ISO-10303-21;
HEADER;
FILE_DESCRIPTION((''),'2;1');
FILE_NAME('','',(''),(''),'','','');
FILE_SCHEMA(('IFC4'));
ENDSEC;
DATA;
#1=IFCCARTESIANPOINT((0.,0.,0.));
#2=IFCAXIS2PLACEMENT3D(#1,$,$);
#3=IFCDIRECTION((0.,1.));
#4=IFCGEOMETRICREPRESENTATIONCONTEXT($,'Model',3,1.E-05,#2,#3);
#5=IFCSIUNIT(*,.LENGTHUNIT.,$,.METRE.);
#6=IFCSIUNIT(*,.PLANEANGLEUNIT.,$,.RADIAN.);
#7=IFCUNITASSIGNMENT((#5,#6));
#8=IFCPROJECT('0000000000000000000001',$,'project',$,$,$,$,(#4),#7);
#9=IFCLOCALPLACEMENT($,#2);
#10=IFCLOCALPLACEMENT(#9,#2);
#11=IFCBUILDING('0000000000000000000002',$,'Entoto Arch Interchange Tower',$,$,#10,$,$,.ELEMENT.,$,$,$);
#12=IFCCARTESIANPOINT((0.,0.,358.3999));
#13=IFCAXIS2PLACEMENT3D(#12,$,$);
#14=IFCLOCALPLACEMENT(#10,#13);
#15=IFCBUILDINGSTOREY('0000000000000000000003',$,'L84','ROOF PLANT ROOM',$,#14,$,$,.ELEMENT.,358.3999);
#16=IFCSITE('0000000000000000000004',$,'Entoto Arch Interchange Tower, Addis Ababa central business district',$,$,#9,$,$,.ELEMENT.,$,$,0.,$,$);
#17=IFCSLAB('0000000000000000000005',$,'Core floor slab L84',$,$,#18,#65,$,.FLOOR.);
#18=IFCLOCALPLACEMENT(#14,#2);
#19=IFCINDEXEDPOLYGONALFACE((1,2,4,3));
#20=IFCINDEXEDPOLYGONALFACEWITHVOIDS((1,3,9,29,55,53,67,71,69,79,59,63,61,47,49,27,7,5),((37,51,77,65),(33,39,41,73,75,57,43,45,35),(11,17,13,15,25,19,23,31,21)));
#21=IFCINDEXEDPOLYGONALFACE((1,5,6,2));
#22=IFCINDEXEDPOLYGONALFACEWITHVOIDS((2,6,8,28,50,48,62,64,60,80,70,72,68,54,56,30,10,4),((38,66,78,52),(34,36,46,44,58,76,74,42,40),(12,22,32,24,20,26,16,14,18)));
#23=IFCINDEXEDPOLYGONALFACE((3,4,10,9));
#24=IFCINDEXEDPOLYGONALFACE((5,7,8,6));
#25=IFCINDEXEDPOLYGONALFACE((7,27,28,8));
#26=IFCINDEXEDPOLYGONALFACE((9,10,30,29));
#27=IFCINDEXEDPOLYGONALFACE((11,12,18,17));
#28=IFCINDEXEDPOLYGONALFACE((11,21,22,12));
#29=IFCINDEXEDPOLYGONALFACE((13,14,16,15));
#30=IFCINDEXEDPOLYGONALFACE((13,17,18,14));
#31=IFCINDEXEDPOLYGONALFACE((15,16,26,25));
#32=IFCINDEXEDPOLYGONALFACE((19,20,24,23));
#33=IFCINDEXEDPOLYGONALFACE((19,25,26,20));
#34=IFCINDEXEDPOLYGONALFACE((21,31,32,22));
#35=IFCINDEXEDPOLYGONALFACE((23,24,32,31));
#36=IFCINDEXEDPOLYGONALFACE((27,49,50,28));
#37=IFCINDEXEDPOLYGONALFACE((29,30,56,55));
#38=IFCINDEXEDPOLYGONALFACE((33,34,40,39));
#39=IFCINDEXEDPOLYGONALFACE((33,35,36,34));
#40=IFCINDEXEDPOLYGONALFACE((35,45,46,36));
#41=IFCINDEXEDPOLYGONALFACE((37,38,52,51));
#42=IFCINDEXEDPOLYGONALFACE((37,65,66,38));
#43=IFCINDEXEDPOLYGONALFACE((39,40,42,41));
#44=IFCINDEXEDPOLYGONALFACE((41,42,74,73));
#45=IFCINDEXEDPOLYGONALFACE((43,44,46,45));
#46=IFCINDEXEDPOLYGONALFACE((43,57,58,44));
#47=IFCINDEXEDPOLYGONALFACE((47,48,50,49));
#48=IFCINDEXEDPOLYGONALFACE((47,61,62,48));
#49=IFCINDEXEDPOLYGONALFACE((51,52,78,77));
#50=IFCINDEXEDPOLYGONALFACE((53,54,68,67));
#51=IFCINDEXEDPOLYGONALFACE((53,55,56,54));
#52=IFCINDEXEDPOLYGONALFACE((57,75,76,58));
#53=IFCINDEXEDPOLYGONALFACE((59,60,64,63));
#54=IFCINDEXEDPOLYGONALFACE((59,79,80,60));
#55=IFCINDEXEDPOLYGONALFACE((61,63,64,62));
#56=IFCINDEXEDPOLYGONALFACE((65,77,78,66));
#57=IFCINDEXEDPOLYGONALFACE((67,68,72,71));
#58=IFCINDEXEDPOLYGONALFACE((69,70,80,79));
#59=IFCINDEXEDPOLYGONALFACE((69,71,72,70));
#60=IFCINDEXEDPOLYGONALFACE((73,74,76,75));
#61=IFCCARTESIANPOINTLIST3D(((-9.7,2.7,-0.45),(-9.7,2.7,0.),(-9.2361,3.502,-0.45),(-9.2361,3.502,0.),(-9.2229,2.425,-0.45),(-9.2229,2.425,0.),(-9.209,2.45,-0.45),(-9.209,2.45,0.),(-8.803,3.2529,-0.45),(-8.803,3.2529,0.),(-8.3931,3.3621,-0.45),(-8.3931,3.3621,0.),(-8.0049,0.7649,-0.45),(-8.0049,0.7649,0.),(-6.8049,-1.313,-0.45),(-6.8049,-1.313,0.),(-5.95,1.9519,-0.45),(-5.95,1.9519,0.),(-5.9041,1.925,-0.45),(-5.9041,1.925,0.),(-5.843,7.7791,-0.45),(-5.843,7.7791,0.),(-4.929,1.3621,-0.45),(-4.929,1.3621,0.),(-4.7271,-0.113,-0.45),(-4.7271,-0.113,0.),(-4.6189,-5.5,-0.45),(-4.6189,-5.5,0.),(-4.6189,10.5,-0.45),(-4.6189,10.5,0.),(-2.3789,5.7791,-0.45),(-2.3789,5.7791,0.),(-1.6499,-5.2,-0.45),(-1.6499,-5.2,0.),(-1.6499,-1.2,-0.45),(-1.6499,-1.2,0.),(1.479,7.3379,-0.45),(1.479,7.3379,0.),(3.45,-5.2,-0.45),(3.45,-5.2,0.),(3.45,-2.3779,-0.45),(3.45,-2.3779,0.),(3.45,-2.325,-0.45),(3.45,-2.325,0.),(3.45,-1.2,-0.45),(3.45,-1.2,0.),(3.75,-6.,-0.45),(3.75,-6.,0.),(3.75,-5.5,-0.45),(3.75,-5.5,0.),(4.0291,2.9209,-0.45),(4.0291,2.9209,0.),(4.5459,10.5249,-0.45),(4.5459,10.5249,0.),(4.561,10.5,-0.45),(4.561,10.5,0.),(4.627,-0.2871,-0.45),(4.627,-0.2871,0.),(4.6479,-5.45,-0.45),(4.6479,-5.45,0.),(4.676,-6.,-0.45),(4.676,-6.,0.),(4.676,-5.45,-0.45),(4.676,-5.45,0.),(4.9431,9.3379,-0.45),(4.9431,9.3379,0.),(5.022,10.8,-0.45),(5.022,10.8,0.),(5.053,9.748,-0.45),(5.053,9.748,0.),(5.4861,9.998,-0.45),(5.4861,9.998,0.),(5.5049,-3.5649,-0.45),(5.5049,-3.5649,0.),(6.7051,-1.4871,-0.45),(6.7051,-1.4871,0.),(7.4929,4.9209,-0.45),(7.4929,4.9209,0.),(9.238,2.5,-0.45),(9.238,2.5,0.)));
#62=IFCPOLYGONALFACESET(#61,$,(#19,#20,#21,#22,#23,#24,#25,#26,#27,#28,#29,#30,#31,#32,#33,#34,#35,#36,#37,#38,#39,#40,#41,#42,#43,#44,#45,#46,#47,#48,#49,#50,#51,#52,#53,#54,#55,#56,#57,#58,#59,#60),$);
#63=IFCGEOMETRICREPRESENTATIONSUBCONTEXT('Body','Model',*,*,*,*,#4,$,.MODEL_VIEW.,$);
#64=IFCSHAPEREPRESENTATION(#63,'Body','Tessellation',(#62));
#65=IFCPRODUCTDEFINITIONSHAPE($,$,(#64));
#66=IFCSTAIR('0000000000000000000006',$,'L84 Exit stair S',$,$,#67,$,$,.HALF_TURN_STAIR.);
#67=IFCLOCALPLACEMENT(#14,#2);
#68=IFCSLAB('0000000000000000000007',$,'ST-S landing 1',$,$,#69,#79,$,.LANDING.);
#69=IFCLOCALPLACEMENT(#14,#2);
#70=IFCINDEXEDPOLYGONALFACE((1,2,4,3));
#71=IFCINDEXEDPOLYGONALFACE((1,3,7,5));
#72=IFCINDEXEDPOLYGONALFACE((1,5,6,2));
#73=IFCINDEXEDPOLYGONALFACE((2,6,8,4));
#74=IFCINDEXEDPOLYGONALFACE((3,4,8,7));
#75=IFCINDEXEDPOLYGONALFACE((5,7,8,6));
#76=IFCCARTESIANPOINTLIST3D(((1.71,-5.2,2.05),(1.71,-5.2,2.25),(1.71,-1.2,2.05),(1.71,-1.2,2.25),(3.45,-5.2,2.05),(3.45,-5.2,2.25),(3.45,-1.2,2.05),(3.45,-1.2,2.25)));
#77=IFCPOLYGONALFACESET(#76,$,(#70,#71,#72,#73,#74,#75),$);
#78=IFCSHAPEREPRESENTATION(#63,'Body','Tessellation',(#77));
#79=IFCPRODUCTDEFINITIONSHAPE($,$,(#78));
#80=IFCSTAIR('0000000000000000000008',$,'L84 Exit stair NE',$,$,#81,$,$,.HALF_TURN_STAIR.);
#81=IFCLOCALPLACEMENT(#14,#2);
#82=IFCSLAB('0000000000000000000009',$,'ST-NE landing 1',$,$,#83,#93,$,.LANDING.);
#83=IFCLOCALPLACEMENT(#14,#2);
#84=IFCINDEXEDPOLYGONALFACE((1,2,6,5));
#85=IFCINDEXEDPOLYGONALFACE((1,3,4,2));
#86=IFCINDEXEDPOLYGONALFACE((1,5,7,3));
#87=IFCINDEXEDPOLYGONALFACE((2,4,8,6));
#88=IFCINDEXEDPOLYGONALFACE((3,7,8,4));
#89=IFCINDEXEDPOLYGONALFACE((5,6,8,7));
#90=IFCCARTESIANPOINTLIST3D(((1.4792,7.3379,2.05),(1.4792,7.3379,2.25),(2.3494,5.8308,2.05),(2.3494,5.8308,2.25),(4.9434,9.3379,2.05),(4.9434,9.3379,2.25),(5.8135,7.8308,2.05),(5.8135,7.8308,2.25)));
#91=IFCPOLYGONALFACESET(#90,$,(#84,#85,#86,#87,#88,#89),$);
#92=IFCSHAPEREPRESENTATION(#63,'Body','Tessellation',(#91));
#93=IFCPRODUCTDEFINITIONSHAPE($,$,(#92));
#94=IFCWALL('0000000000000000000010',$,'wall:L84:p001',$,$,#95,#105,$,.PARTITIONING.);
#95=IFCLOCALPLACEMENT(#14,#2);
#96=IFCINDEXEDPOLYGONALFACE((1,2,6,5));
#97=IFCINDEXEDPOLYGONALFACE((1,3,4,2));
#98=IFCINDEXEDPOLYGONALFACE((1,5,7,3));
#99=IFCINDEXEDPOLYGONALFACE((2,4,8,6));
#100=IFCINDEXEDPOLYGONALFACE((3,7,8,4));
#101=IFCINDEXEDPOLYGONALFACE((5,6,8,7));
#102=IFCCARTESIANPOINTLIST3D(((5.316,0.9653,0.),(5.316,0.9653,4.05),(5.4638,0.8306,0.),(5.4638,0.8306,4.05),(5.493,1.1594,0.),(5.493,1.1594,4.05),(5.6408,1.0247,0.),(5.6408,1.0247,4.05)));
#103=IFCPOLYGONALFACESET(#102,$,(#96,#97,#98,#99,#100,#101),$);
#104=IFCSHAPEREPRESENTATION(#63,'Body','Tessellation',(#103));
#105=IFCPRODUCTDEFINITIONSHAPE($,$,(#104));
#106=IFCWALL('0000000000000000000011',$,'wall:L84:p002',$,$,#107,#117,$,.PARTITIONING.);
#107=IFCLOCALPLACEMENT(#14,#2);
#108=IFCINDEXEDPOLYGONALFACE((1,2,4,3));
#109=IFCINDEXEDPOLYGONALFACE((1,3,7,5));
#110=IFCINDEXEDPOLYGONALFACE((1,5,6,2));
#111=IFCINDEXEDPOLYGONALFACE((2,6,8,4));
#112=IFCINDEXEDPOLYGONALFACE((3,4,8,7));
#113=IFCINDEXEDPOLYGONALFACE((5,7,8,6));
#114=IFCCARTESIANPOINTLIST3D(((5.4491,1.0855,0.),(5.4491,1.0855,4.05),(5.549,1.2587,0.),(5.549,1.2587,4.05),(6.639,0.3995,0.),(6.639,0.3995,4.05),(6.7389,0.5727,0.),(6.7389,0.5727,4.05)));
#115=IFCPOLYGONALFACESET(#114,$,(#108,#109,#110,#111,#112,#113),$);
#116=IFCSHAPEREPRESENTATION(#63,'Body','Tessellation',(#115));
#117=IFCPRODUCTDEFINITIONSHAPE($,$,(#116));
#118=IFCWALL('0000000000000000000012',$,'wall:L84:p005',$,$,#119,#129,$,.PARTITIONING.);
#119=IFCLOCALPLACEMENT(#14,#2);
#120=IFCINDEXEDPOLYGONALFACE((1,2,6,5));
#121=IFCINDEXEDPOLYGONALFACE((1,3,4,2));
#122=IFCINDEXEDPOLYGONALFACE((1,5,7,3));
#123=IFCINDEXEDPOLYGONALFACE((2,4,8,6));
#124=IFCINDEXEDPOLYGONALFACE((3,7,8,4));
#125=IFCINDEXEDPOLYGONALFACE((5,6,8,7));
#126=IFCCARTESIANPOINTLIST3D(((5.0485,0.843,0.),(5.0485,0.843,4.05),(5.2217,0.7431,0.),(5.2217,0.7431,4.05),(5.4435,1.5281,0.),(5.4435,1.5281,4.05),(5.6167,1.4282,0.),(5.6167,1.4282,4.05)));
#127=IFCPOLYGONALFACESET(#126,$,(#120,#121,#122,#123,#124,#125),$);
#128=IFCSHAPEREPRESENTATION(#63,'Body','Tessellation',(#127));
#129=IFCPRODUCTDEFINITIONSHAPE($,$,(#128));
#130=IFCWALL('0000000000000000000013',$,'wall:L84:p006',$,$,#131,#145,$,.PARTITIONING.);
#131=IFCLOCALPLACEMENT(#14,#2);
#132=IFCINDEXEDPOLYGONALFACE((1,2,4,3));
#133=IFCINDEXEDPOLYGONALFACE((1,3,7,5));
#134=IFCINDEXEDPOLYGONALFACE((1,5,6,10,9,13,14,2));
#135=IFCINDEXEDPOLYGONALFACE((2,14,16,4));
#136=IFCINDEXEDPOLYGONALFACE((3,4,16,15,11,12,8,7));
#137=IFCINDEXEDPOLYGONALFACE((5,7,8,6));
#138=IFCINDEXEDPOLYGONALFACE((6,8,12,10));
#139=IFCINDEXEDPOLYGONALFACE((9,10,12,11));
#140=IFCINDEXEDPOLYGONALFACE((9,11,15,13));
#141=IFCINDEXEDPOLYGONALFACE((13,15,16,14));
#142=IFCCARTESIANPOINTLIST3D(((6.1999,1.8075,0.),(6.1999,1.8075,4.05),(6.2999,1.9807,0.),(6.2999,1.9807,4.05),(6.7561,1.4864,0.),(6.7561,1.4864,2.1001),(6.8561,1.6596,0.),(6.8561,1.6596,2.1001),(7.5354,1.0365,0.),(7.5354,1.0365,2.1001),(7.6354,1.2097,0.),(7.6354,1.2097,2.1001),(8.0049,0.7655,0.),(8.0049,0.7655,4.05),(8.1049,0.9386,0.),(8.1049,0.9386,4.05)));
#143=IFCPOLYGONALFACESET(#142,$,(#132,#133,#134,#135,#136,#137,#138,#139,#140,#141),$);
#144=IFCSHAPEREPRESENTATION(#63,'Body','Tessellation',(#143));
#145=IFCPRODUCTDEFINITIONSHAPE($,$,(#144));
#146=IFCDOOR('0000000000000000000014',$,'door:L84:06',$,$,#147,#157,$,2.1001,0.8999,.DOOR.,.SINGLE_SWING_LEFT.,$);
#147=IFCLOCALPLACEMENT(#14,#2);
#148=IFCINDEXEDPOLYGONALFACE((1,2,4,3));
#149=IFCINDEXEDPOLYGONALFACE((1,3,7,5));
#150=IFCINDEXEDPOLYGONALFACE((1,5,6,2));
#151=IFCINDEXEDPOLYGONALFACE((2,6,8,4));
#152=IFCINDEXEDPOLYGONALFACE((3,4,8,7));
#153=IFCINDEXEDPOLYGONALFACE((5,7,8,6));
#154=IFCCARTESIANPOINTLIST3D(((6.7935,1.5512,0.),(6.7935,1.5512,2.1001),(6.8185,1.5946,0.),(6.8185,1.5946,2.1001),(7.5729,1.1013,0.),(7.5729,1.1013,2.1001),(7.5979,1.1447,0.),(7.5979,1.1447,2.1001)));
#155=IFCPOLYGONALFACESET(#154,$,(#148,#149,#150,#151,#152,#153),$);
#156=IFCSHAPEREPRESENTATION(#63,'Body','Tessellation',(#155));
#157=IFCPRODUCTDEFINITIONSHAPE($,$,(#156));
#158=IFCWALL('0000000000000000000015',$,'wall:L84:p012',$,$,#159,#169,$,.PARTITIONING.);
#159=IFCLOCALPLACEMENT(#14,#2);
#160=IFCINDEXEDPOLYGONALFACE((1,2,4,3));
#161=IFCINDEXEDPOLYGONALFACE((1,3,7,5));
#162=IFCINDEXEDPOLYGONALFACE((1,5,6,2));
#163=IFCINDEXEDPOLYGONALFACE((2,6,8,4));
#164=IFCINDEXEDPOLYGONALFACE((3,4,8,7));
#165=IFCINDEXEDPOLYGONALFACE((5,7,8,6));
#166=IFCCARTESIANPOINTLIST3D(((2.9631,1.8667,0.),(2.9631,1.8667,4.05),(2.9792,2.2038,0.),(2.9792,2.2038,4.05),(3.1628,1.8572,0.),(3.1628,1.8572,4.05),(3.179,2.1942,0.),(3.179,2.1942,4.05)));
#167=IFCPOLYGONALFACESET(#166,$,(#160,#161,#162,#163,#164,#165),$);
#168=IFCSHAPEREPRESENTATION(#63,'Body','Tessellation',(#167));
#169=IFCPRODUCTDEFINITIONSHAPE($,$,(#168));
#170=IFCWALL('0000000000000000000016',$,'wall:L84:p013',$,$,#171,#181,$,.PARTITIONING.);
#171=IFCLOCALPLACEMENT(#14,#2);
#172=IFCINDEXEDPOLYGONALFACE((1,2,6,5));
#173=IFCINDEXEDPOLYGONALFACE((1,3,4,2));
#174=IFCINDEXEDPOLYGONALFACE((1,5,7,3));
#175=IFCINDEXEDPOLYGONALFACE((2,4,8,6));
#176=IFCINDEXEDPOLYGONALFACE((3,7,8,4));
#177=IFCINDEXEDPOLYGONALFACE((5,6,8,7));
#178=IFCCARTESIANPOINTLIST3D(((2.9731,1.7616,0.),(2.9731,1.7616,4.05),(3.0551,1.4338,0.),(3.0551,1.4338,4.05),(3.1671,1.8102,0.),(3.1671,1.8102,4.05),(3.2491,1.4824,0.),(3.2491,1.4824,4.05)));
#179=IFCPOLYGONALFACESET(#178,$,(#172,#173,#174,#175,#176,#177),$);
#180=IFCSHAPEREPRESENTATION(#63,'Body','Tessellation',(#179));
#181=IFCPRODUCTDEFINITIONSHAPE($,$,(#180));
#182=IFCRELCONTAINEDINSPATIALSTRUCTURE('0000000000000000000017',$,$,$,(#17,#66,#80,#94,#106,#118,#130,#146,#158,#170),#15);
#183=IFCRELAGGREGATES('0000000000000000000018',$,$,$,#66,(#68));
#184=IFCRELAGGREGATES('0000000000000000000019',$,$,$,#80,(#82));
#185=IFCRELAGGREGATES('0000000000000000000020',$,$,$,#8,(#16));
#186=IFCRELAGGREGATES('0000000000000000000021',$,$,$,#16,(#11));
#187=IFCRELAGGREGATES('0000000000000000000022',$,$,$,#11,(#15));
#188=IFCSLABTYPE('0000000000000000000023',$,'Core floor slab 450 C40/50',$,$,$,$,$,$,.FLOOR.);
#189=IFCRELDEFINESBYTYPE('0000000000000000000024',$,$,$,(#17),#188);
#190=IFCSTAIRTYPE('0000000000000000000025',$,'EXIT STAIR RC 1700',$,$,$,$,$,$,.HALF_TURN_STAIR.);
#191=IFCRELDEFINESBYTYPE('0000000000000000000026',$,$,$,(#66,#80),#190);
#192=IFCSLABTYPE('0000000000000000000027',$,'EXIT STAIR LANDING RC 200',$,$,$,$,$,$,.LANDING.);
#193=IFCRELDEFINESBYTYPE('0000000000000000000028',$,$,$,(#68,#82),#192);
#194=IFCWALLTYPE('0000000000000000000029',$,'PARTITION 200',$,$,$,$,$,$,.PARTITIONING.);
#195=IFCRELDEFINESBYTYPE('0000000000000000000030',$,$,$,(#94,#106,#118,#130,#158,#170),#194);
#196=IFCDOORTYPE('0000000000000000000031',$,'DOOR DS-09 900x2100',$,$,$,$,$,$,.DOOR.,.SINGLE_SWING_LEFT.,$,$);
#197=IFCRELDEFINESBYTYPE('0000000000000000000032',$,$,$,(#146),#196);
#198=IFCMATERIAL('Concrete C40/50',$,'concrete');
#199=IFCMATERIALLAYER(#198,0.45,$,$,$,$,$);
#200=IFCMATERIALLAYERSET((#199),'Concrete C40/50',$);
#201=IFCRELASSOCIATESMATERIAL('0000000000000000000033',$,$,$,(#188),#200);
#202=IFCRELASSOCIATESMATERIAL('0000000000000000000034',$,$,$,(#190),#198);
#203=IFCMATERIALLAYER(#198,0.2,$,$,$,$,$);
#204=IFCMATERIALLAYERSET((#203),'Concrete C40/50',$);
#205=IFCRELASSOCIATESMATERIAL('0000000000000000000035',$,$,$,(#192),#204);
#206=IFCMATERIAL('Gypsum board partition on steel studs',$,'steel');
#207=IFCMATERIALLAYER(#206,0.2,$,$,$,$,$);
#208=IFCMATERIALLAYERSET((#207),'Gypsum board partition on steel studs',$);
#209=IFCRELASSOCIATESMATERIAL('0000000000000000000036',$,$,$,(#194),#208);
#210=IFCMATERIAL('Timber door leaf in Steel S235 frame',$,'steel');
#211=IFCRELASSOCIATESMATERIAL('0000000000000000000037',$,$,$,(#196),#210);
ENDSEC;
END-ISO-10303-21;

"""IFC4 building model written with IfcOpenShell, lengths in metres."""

from ifc_helpers import new_model, si_unit, direction, frame, frame_2d, origin, place, context, subcontext, project, spatial, polyline, rectangle, outline, extrude, material, layer, layer_set, type_object, element, fill, aggregate, save


model = new_model("IFC4")

# Units and contexts
model_context = context("Model", 3, precision=1e-05, world=origin(), true_north=direction((0.0, 1.0)))
body_context = subcontext(model_context, "Body", "Model", "MODEL_VIEW")
ifc_project = project(units=[si_unit("LENGTHUNIT", "METRE"), si_unit("PLANEANGLEUNIT", "RADIAN")], contexts=[model_context])

# Site, building, storey
site_placement = place(None, origin())
site = spatial("IfcSite", under=ifc_project, at=site_placement, Name="Entoto Arch Interchange Tower, Addis Ababa central business district", CompositionType="ELEMENT", RefElevation=0.0)
building_placement = place(site_placement, origin())
building = spatial("IfcBuilding", under=site, at=building_placement, Name="Entoto Arch Interchange Tower", CompositionType="ELEMENT")
storey_placement = place(building_placement, frame((0.0, 0.0, 358.3999)))
storey = spatial("IfcBuildingStorey", under=building, at=storey_placement, Name="L84", Description="ROOF PLANT ROOM", CompositionType="ELEMENT", Elevation=358.3999)

# Slab
ifc_material_1 = material(Name="Concrete C40/50", Category="concrete")
ifc_layer_1 = layer(ifc_material_1, 0.45)
ifc_layer_set_1 = layer_set([ifc_layer_1], Name="Concrete C40/50")
slab_type_1 = type_object("IfcSlabType", Name="Core floor slab 450 C40/50", PredefinedType="FLOOR", material=ifc_layer_set_1)
slab_1_placement = place(storey_placement, frame((0.0, 0.0, -0.45)))
element("IfcSlab", 1, at=slab_1_placement, inside=storey, type_object=slab_type_1, Name="Core floor slab L84", PredefinedType="FLOOR", context=body_context, shape_type="SweptSolid", body=[
    extrude(outline(polyline([(-9.209, 2.45), (-9.2229, 2.425), (-9.7, 2.7), (-9.2361, 3.502), (-8.803, 3.2529), (-4.6189, 10.5), (4.561, 10.5), (4.5459, 10.5249), (5.022, 10.8), (5.4861, 9.998), (5.053, 9.748), (9.238, 2.5), (4.6479, -5.45), (4.676, -5.45), (4.676, -6.0), (3.75, -6.0), (3.75, -5.5), (-4.6189, -5.5), (-9.209, 2.45)]), holes=[polyline([(5.5049, -3.5649), (6.7051, -1.4871), (4.627, -0.2871), (3.45, -2.325), (3.45, -1.2), (-1.6499, -1.2), (-1.6499, -5.2), (3.45, -5.2), (3.45, -2.3779), (5.5049, -3.5649)]), polyline([(-4.929, 1.3621), (-2.3789, 5.7791), (-5.843, 7.7791), (-8.3931, 3.3621), (-5.95, 1.9519), (-8.0049, 0.7649), (-6.8049, -1.313), (-4.7271, -0.113), (-5.9041, 1.925), (-4.929, 1.3621)]), polyline([(7.4929, 4.9209), (4.9431, 9.3379), (1.479, 7.3379), (4.0291, 2.9209), (7.4929, 4.9209)])]), origin(), (0.0, 0.0, 1.0), 0.45),
])

# Stairs, slabs
stair_type = type_object("IfcStairType", Name="EXIT STAIR RC 1700", PredefinedType="HALF_TURN_STAIR", material=ifc_material_1)
stair_1_placement = place(storey_placement, origin())
stair_1 = element("IfcStair", 2, at=stair_1_placement, inside=storey, type_object=stair_type, Name="L84 Exit stair S", PredefinedType="HALF_TURN_STAIR")
ifc_layer_2 = layer(ifc_material_1, 0.2)
ifc_layer_set_2 = layer_set([ifc_layer_2], Name="Concrete C40/50")
slab_type_2 = type_object("IfcSlabType", Name="EXIT STAIR LANDING RC 200", PredefinedType="LANDING", material=ifc_layer_set_2)
slab_2_placement = place(storey_placement, frame((0.0, 0.0, 2.05)))
slab_2 = element("IfcSlab", 3, at=slab_2_placement, type_object=slab_type_2, Name="ST-S landing 1", PredefinedType="LANDING", context=body_context, shape_type="SweptSolid", body=[
    extrude(outline(polyline([(1.71, -5.2), (3.45, -5.2), (3.45, -1.2), (1.71, -1.2), (1.71, -5.2)])), origin(), (0.0, 0.0, 1.0), 0.2),
])
aggregate(stair_1, [slab_2])
stair_2_placement = place(storey_placement, origin())
stair_2 = element("IfcStair", 4, at=stair_2_placement, inside=storey, type_object=stair_type, Name="L84 Exit stair NE", PredefinedType="HALF_TURN_STAIR")
slab_3_placement = place(storey_placement, frame((0.0, 0.0, 2.05)))
slab_3 = element("IfcSlab", 5, at=slab_3_placement, type_object=slab_type_2, Name="ST-NE landing 1", PredefinedType="LANDING", context=body_context, shape_type="SweptSolid", body=[
    extrude(outline(polyline([(5.8135, 7.8308), (4.9434, 9.3379), (1.4792, 7.3379), (2.3494, 5.8308), (5.8135, 7.8308)])), origin(), (0.0, 0.0, 1.0), 0.2),
])
aggregate(stair_2, [slab_3])

# Walls
ifc_material_2 = material(Name="Gypsum board partition on steel studs", Category="steel")
ifc_layer_3 = layer(ifc_material_2, 0.2)
ifc_layer_set_3 = layer_set([ifc_layer_3], Name="Gypsum board partition on steel studs")
wall_type_1 = type_object("IfcWallType", Name="PARTITION 200", PredefinedType="PARTITIONING", material=ifc_layer_set_3)
wall_1_placement = place(storey_placement, frame((5.3899, 0.8979, 0.0), z_axis=(0.0, 0.0, 1.0), x_axis=(0.673828, 0.738888, 0.0)))
element("IfcWall", 6, at=wall_1_placement, inside=storey, type_object=wall_type_1, Name="wall:L84:p001", PredefinedType="PARTITIONING", context=body_context, shape_type="SweptSolid", body=[
    extrude(rectangle(XDim=0.2627, YDim=0.2, at=frame_2d((0.1313, 0.0))), origin(), (0.0, 0.0, 1.0), 4.05),
])
wall_2_placement = place(storey_placement, frame((5.499, 1.1721, 0.0), z_axis=(0.0, 0.0, 1.0), x_axis=(0.866334, -0.499466, 0.0)))
element("IfcWall", 7, at=wall_2_placement, inside=storey, type_object=wall_type_1, Name="wall:L84:p002", PredefinedType="PARTITIONING", context=body_context, shape_type="SweptSolid", body=[
    extrude(rectangle(XDim=1.3735, YDim=0.2, at=frame_2d((0.6868, 0.0))), origin(), (0.0, 0.0, 1.0), 4.05),
])
wall_3_placement = place(storey_placement, frame((5.135, 0.793, 0.0), z_axis=(0.0, 0.0, 1.0), x_axis=(0.499526, 0.866299, 0.0)))
element("IfcWall", 8, at=wall_3_placement, inside=storey, type_object=wall_type_1, Name="wall:L84:p005", PredefinedType="PARTITIONING", context=body_context, shape_type="SweptSolid", body=[
    extrude(rectangle(XDim=0.7908, YDim=0.2, at=frame_2d((0.3955, 0.0))), origin(), (0.0, 0.0, 1.0), 4.05),
])

# Wall, opening, door
wall_4_placement = place(storey_placement, frame((6.25, 1.894, 0.0), z_axis=(0.0, 0.0, 1.0), x_axis=(0.866043, -0.499969, 0.0)))
wall_4 = element("IfcWall", 9, at=wall_4_placement, inside=storey, type_object=wall_type_1, Name="wall:L84:p006", PredefinedType="PARTITIONING", context=body_context, shape_type="SweptSolid", body=[
    extrude(rectangle(XDim=2.0842, YDim=0.2, at=frame_2d((1.042, 0.0))), origin(), (0.0, 0.0, 1.0), 4.05),
])
opening_1_placement = place(wall_4_placement, frame((0.6421, 0.0, 0.0)))
opening_1 = element("IfcOpeningElement", 10, at=opening_1_placement, cuts=wall_4, PredefinedType="OPENING", context=body_context, shape_type="SweptSolid", body=[
    extrude(rectangle(XDim=0.8999, YDim=2.1001, at=frame_2d((0.45, 1.05))), frame((0.0, 0.1099, 0.0), z_axis=(0.0, -1.0, 0.0), x_axis=(1.0, 0.0, 0.0)), (0.0, 0.0, 1.0), 0.22),
])
ifc_material_3 = material(Name="Timber door leaf in Steel S235 frame", Category="steel")
door_type_1 = type_object("IfcDoorType", Name="DOOR DS-09 900x2100", OperationType="SINGLE_SWING_LEFT", PredefinedType="DOOR", material=ifc_material_3)
door_1_placement = place(opening_1_placement, origin())
door_1 = element("IfcDoor", 11, at=door_1_placement, inside=storey, type_object=door_type_1, Name="door:L84:06", OperationType="SINGLE_SWING_LEFT", OverallHeight=2.1001, OverallWidth=0.8999, PredefinedType="DOOR", context=body_context, shape_type="SweptSolid", body=[
    extrude(rectangle(XDim=0.8999, YDim=2.1001, at=frame_2d((0.45, 1.05))), frame((0.0, 0.0249, 0.0), z_axis=(0.0, -1.0, 0.0), x_axis=(1.0, 0.0, 0.0)), (0.0, 0.0, 1.0), 0.05),
])
fill(opening_1, door_1)

# Walls
wall_5_placement = place(storey_placement, frame((3.0791, 2.199, 0.0), z_axis=(0.0, 0.0, 1.0), x_axis=(-0.047771, -0.998858, 0.0)))
element("IfcWall", 12, at=wall_5_placement, inside=storey, type_object=wall_type_1, Name="wall:L84:p012", PredefinedType="PARTITIONING", context=body_context, shape_type="SweptSolid", body=[
    extrude(rectangle(XDim=0.3374, YDim=0.2, at=frame_2d((0.1687, 0.0))), origin(), (0.0, 0.0, 1.0), 4.05),
])
wall_6_placement = place(storey_placement, frame((3.0701, 1.7859, 0.0), z_axis=(0.0, 0.0, 1.0), x_axis=(0.242706, -0.9701, 0.0)))
element("IfcWall", 13, at=wall_6_placement, inside=storey, type_object=wall_type_1, Name="wall:L84:p013", PredefinedType="PARTITIONING", context=body_context, shape_type="SweptSolid", body=[
    extrude(rectangle(XDim=0.3379, YDim=0.2, at=frame_2d((0.1689, 0.0))), origin(), (0.0, 0.0, 1.0), 4.05),
])

save(model, "model.ifc")
